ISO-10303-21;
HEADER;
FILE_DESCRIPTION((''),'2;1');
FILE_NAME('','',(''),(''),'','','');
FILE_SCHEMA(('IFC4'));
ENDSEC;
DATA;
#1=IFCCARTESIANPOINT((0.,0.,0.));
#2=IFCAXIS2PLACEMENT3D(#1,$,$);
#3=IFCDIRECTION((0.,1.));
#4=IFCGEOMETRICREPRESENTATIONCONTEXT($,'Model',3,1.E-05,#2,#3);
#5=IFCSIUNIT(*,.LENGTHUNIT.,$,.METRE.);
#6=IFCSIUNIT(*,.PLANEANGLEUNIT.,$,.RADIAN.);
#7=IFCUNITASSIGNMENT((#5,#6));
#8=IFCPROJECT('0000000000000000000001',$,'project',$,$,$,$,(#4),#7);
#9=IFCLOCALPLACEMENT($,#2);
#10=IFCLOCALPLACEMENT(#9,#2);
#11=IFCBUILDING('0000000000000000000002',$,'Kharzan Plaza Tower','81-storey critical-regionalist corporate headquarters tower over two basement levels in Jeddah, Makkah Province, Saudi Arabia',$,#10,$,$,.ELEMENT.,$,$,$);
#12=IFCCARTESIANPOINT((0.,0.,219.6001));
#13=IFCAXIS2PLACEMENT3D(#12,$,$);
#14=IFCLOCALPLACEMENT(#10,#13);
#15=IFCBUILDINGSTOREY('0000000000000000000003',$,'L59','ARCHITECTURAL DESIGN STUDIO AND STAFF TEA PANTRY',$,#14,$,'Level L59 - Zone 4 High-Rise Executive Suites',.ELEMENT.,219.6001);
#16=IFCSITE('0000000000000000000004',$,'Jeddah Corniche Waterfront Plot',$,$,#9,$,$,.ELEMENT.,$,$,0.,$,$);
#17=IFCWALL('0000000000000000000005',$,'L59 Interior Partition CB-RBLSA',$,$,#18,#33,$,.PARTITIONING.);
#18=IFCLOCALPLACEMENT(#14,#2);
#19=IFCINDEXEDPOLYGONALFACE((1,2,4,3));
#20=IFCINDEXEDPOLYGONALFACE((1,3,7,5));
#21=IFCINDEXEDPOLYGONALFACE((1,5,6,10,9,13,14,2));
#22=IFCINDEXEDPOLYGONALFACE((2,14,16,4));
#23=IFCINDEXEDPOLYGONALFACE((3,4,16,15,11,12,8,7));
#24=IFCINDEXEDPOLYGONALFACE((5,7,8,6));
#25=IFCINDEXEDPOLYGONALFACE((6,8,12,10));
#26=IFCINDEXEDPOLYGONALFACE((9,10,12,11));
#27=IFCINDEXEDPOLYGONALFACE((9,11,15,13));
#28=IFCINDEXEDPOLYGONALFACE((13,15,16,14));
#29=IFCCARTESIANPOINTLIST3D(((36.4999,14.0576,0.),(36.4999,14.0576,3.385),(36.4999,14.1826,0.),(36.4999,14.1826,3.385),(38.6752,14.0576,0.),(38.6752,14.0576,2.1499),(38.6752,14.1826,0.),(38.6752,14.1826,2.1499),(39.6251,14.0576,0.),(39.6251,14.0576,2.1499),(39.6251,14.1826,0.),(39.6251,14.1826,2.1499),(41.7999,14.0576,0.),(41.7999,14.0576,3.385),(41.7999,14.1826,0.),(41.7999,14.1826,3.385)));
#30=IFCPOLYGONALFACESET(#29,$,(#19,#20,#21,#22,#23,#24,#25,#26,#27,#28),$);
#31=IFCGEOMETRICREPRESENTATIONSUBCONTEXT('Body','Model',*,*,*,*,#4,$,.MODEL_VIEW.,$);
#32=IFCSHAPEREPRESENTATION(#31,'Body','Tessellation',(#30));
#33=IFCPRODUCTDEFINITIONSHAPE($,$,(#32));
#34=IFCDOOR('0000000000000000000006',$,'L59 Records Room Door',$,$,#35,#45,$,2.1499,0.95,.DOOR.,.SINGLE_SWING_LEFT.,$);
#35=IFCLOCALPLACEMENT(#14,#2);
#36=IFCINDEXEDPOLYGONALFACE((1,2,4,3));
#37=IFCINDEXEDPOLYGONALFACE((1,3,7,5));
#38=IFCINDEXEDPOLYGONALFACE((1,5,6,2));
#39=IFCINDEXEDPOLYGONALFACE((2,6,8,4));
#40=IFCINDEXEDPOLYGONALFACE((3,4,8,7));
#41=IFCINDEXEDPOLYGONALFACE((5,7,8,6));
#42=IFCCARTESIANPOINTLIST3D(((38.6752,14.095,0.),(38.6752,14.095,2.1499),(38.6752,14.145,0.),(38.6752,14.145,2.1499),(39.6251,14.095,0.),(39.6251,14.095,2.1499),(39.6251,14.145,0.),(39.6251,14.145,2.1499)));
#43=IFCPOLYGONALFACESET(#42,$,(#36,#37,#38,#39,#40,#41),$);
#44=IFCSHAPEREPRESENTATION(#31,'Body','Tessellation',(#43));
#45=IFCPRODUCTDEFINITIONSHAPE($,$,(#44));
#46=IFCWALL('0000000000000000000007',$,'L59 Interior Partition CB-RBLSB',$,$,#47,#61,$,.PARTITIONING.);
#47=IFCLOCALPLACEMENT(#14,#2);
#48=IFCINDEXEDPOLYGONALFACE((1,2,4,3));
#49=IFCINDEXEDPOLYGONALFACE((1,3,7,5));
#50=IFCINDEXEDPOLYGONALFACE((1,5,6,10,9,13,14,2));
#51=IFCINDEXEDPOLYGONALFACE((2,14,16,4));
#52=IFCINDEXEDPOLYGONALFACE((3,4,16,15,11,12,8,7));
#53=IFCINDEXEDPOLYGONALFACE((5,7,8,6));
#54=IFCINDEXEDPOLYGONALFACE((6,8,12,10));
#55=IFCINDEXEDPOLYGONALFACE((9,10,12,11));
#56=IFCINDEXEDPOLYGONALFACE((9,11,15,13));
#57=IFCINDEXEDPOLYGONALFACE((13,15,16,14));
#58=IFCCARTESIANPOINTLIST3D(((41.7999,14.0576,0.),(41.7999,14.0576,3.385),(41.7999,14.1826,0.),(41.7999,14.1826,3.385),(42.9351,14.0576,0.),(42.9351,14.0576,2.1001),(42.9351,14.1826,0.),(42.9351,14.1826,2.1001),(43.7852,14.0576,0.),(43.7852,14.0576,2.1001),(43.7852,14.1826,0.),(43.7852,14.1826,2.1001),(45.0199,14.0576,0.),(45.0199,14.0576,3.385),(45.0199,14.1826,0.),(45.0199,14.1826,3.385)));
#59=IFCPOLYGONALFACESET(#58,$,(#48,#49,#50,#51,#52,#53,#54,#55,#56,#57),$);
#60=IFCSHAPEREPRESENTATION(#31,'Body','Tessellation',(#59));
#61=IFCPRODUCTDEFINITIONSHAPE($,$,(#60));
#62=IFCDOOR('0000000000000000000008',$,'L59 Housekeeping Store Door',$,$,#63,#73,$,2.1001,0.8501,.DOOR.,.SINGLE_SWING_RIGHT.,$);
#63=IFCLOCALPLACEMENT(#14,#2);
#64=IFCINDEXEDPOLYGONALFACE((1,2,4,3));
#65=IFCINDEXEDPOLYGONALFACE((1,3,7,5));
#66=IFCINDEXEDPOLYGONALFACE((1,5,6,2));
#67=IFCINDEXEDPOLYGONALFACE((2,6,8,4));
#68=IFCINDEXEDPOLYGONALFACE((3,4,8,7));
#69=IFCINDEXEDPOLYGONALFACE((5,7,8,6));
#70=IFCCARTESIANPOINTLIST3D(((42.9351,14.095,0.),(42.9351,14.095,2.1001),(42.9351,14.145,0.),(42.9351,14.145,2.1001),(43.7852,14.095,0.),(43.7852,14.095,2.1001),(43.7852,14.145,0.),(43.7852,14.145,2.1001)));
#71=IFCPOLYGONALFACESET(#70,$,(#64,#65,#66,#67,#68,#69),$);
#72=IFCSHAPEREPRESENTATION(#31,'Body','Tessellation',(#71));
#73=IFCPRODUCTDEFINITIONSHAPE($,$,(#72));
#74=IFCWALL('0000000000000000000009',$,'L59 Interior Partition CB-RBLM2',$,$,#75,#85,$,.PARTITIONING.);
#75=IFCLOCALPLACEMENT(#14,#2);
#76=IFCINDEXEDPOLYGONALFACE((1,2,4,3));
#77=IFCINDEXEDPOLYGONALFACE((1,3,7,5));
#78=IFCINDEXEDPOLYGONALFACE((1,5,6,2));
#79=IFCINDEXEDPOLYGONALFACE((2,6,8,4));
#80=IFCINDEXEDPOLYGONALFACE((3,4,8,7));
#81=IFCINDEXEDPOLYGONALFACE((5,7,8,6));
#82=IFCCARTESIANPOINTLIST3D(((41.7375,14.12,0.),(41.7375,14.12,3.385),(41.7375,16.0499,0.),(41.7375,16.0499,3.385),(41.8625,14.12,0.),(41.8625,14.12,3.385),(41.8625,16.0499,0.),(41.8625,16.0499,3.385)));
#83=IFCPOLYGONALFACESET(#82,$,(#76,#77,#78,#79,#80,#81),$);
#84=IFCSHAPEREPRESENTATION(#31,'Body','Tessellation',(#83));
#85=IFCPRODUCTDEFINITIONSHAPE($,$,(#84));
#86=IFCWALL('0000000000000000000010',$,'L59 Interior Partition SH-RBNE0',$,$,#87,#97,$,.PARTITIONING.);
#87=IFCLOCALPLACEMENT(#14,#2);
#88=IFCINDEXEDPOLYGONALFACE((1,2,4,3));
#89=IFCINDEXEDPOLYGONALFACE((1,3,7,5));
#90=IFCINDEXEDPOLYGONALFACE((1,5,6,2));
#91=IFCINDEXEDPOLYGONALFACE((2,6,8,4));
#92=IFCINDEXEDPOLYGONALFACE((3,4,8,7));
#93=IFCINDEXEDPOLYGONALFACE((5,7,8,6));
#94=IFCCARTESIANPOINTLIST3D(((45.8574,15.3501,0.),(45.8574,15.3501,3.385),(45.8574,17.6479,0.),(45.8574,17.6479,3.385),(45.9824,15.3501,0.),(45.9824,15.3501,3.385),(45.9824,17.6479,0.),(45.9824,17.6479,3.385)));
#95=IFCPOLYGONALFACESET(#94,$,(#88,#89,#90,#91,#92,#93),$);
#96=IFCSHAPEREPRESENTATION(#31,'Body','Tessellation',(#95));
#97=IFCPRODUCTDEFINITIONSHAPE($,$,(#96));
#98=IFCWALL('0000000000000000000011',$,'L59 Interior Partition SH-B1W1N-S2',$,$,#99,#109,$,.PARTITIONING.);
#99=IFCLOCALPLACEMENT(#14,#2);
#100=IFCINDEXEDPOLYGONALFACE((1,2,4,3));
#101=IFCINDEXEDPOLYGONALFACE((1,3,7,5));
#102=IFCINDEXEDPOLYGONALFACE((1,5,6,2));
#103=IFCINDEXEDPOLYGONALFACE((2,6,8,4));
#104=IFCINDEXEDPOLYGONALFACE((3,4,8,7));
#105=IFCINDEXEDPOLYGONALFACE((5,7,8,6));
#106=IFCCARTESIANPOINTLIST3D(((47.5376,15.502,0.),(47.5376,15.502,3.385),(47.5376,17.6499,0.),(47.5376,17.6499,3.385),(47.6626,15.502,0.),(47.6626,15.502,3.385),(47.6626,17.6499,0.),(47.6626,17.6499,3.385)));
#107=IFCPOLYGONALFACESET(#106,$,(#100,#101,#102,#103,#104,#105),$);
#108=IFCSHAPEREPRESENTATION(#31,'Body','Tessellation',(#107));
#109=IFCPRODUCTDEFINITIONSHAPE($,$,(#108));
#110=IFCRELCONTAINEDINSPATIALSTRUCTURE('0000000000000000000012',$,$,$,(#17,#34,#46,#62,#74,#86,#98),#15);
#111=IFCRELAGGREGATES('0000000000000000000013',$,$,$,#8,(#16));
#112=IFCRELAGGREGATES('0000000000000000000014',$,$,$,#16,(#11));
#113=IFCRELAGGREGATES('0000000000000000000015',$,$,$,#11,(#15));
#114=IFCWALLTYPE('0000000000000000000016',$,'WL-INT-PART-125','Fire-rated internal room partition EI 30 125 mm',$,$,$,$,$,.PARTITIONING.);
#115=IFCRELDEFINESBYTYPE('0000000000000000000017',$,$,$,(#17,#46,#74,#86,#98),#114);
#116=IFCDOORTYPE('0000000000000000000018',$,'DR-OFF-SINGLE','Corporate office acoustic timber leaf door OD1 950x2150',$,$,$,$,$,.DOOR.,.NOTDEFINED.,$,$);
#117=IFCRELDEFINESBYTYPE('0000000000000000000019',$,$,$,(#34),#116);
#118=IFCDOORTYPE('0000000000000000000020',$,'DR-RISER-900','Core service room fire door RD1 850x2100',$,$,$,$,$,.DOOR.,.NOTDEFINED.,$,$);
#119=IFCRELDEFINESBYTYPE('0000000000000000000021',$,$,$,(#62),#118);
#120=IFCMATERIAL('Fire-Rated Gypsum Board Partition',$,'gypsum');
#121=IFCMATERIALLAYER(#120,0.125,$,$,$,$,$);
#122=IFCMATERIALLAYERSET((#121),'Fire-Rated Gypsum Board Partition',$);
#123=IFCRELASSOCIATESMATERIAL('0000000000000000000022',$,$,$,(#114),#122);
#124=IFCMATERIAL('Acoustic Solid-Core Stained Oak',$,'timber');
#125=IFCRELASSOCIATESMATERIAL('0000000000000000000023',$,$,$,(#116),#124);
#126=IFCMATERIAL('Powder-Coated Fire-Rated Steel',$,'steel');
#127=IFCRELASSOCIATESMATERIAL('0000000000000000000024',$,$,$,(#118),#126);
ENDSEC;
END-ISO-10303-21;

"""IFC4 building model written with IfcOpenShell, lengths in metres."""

from ifc_helpers import new_model, si_unit, direction, frame, frame_2d, origin, place, context, subcontext, project, spatial, rectangle, extrude, source, transform, mapped, material, layer, layer_set, type_object, element, fill, save


model = new_model("IFC4")

# Units and contexts
model_context = context("Model", 3, precision=1e-05, world=origin(), true_north=direction((0.0, 1.0)))
body_context = subcontext(model_context, "Body", "Model", "MODEL_VIEW")
ifc_project = project(units=[si_unit("LENGTHUNIT", "METRE"), si_unit("PLANEANGLEUNIT", "RADIAN")], contexts=[model_context])

# Site, building, storey
site_placement = place(None, origin())
site = spatial("IfcSite", under=ifc_project, at=site_placement, Name="Jeddah Corniche Waterfront Plot", CompositionType="ELEMENT", RefElevation=0.0)
building_placement = place(site_placement, origin())
building = spatial("IfcBuilding", under=site, at=building_placement, Name="Kharzan Plaza Tower", Description="81-storey critical-regionalist corporate headquarters tower over two basement levels in Jeddah, Makkah Province, Saudi Arabia", CompositionType="ELEMENT")
storey_placement = place(building_placement, frame((0.0, 0.0, 219.6001)))
storey = spatial("IfcBuildingStorey", under=building, at=storey_placement, Name="L59", Description="ARCHITECTURAL DESIGN STUDIO AND STAFF TEA PANTRY", LongName="Level L59 - Zone 4 High-Rise Executive Suites", CompositionType="ELEMENT", Elevation=219.6001)

# Walls, openings, doors
ifc_material_1 = material(Name="Fire-Rated Gypsum Board Partition", Category="gypsum")
ifc_layer_1 = layer(ifc_material_1, 0.125)
ifc_layer_set_1 = layer_set([ifc_layer_1], Name="Fire-Rated Gypsum Board Partition")
wall_type_1 = type_object("IfcWallType", Name="WL-INT-PART-125", Description="Fire-rated internal room partition EI 30 125 mm", PredefinedType="PARTITIONING", material=ifc_layer_set_1)
wall_1_placement = place(storey_placement, frame((36.5, 14.1201, 0.0), z_axis=(0.0, 0.0, 1.0), x_axis=(1.0, 0.0, 0.0)))
wall_1 = element("IfcWall", 1, at=wall_1_placement, inside=storey, type_object=wall_type_1, Name="L59 Interior Partition CB-RBLSA", PredefinedType="PARTITIONING", context=body_context, shape_type="SweptSolid", body=[
    extrude(rectangle(XDim=5.3, YDim=0.125, at=frame_2d((2.6499, 0.0))), origin(), (0.0, 0.0, 1.0), 3.385),
])
opening_1_placement = place(wall_1_placement, frame((2.175, 0.0, 0.0)))
opening_1 = element("IfcOpeningElement", 2, at=opening_1_placement, cuts=wall_1, PredefinedType="OPENING", context=body_context, shape_type="SweptSolid", body=[
    extrude(rectangle(XDim=0.95, YDim=2.1499, at=frame_2d((0.4751, 1.075))), frame((0.0, 0.0725, 0.0), z_axis=(0.0, -1.0, 0.0), x_axis=(1.0, 0.0, 0.0)), (0.0, 0.0, 1.0), 0.145),
])
ifc_material_2 = material(Name="Acoustic Solid-Core Stained Oak", Category="timber")
door_type_1 = type_object("IfcDoorType", Name="DR-OFF-SINGLE", Description="Corporate office acoustic timber leaf door OD1 950x2150", OperationType="NOTDEFINED", PredefinedType="DOOR", material=ifc_material_2)
shared_shape_1 = source(origin(), body_context, "Body", "SweptSolid", [
    extrude(rectangle(XDim=0.95, YDim=2.1499, at=frame_2d((0.4751, 1.075))), frame((0.0, 0.0249, 0.0), z_axis=(0.0, -1.0, 0.0), x_axis=(1.0, 0.0, 0.0)), (0.0, 0.0, 1.0), 0.05),
])
door_1_placement = place(opening_1_placement, origin())
door_1 = element("IfcDoor", 3, at=door_1_placement, inside=storey, type_object=door_type_1, Name="L59 Records Room Door", OperationType="SINGLE_SWING_LEFT", OverallHeight=2.1499, OverallWidth=0.95, PredefinedType="DOOR", context=body_context, shape_type="MappedRepresentation", body=[
    mapped(shared_shape_1, transform((0.0, 0.0, 0.0), x_axis=(1.0, 0.0, 0.0), y_axis=(0.0, 1.0, 0.0), z_axis=(0.0, 0.0, 1.0))),
])
fill(opening_1, door_1)
wall_2_placement = place(storey_placement, frame((41.8, 14.1201, 0.0), z_axis=(0.0, 0.0, 1.0), x_axis=(1.0, 0.0, 0.0)))
wall_2 = element("IfcWall", 4, at=wall_2_placement, inside=storey, type_object=wall_type_1, Name="L59 Interior Partition CB-RBLSB", PredefinedType="PARTITIONING", context=body_context, shape_type="SweptSolid", body=[
    extrude(rectangle(XDim=3.22, YDim=0.125, at=frame_2d((1.6099, 0.0))), origin(), (0.0, 0.0, 1.0), 3.385),
])
opening_2_placement = place(wall_2_placement, frame((1.135, 0.0, 0.0)))
opening_2 = element("IfcOpeningElement", 5, at=opening_2_placement, cuts=wall_2, PredefinedType="OPENING", context=body_context, shape_type="SweptSolid", body=[
    extrude(rectangle(XDim=0.8501, YDim=2.1001, at=frame_2d((0.425, 1.05))), frame((0.0, 0.0725, 0.0), z_axis=(0.0, -1.0, 0.0), x_axis=(1.0, 0.0, 0.0)), (0.0, 0.0, 1.0), 0.145),
])
ifc_material_3 = material(Name="Powder-Coated Fire-Rated Steel", Category="steel")
door_type_2 = type_object("IfcDoorType", Name="DR-RISER-900", Description="Core service room fire door RD1 850x2100", OperationType="NOTDEFINED", PredefinedType="DOOR", material=ifc_material_3)
shared_shape_2 = source(origin(), body_context, "Body", "SweptSolid", [
    extrude(rectangle(XDim=0.8501, YDim=2.1001, at=frame_2d((0.425, 1.05))), frame((0.0, 0.0249, 0.0), z_axis=(0.0, -1.0, 0.0), x_axis=(1.0, 0.0, 0.0)), (0.0, 0.0, 1.0), 0.05),
])
door_2_placement = place(opening_2_placement, origin())
door_2 = element("IfcDoor", 6, at=door_2_placement, inside=storey, type_object=door_type_2, Name="L59 Housekeeping Store Door", OperationType="SINGLE_SWING_RIGHT", OverallHeight=2.1001, OverallWidth=0.8501, PredefinedType="DOOR", context=body_context, shape_type="MappedRepresentation", body=[
    mapped(shared_shape_2, transform((0.0, 0.0, 0.0), x_axis=(1.0, 0.0, 0.0), y_axis=(0.0, 1.0, 0.0), z_axis=(0.0, 0.0, 1.0))),
])
fill(opening_2, door_2)

# Walls
shared_shape_3 = source(origin(), body_context, "Body", "SweptSolid", [
    extrude(rectangle(XDim=1.9299, YDim=0.125, at=frame_2d((0.9648, 0.0))), origin(), (0.0, 0.0, 1.0), 3.385),
])
wall_3_placement = place(storey_placement, frame((41.8, 14.1201, 0.0), z_axis=(0.0, 0.0, 1.0), x_axis=(0.0, 1.0, 0.0)))
element("IfcWall", 7, at=wall_3_placement, inside=storey, type_object=wall_type_1, Name="L59 Interior Partition CB-RBLM2", PredefinedType="PARTITIONING", context=body_context, shape_type="MappedRepresentation", body=[
    mapped(shared_shape_3, transform((0.0, 0.0, 0.0), x_axis=(1.0, 0.0, 0.0), y_axis=(0.0, 1.0, 0.0), z_axis=(0.0, 0.0, 1.0))),
])
shared_shape_4 = source(origin(), body_context, "Body", "SweptSolid", [
    extrude(rectangle(XDim=2.2979, YDim=0.125, at=frame_2d((1.1489, 0.0))), origin(), (0.0, 0.0, 1.0), 3.385),
])
wall_4_placement = place(storey_placement, frame((45.9199, 15.3501, 0.0), z_axis=(0.0, 0.0, 1.0), x_axis=(0.0, 1.0, 0.0)))
element("IfcWall", 8, at=wall_4_placement, inside=storey, type_object=wall_type_1, Name="L59 Interior Partition SH-RBNE0", PredefinedType="PARTITIONING", context=body_context, shape_type="MappedRepresentation", body=[
    mapped(shared_shape_4, transform((0.0, 0.0, 0.0), x_axis=(1.0, 0.0, 0.0), y_axis=(0.0, 1.0, 0.0), z_axis=(0.0, 0.0, 1.0))),
])
shared_shape_5 = source(origin(), body_context, "Body", "SweptSolid", [
    extrude(rectangle(XDim=2.1479, YDim=0.125, at=frame_2d((1.074, 0.0))), origin(), (0.0, 0.0, 1.0), 3.385),
])
wall_5_placement = place(storey_placement, frame((47.6001, 15.502, 0.0), z_axis=(0.0, 0.0, 1.0), x_axis=(0.0, 1.0, 0.0)))
element("IfcWall", 9, at=wall_5_placement, inside=storey, type_object=wall_type_1, Name="L59 Interior Partition SH-B1W1N-S2", PredefinedType="PARTITIONING", context=body_context, shape_type="MappedRepresentation", body=[
    mapped(shared_shape_5, transform((0.0, 0.0, 0.0), x_axis=(1.0, 0.0, 0.0), y_axis=(0.0, 1.0, 0.0), z_axis=(0.0, 0.0, 1.0))),
])

save(model, "model.ifc")
